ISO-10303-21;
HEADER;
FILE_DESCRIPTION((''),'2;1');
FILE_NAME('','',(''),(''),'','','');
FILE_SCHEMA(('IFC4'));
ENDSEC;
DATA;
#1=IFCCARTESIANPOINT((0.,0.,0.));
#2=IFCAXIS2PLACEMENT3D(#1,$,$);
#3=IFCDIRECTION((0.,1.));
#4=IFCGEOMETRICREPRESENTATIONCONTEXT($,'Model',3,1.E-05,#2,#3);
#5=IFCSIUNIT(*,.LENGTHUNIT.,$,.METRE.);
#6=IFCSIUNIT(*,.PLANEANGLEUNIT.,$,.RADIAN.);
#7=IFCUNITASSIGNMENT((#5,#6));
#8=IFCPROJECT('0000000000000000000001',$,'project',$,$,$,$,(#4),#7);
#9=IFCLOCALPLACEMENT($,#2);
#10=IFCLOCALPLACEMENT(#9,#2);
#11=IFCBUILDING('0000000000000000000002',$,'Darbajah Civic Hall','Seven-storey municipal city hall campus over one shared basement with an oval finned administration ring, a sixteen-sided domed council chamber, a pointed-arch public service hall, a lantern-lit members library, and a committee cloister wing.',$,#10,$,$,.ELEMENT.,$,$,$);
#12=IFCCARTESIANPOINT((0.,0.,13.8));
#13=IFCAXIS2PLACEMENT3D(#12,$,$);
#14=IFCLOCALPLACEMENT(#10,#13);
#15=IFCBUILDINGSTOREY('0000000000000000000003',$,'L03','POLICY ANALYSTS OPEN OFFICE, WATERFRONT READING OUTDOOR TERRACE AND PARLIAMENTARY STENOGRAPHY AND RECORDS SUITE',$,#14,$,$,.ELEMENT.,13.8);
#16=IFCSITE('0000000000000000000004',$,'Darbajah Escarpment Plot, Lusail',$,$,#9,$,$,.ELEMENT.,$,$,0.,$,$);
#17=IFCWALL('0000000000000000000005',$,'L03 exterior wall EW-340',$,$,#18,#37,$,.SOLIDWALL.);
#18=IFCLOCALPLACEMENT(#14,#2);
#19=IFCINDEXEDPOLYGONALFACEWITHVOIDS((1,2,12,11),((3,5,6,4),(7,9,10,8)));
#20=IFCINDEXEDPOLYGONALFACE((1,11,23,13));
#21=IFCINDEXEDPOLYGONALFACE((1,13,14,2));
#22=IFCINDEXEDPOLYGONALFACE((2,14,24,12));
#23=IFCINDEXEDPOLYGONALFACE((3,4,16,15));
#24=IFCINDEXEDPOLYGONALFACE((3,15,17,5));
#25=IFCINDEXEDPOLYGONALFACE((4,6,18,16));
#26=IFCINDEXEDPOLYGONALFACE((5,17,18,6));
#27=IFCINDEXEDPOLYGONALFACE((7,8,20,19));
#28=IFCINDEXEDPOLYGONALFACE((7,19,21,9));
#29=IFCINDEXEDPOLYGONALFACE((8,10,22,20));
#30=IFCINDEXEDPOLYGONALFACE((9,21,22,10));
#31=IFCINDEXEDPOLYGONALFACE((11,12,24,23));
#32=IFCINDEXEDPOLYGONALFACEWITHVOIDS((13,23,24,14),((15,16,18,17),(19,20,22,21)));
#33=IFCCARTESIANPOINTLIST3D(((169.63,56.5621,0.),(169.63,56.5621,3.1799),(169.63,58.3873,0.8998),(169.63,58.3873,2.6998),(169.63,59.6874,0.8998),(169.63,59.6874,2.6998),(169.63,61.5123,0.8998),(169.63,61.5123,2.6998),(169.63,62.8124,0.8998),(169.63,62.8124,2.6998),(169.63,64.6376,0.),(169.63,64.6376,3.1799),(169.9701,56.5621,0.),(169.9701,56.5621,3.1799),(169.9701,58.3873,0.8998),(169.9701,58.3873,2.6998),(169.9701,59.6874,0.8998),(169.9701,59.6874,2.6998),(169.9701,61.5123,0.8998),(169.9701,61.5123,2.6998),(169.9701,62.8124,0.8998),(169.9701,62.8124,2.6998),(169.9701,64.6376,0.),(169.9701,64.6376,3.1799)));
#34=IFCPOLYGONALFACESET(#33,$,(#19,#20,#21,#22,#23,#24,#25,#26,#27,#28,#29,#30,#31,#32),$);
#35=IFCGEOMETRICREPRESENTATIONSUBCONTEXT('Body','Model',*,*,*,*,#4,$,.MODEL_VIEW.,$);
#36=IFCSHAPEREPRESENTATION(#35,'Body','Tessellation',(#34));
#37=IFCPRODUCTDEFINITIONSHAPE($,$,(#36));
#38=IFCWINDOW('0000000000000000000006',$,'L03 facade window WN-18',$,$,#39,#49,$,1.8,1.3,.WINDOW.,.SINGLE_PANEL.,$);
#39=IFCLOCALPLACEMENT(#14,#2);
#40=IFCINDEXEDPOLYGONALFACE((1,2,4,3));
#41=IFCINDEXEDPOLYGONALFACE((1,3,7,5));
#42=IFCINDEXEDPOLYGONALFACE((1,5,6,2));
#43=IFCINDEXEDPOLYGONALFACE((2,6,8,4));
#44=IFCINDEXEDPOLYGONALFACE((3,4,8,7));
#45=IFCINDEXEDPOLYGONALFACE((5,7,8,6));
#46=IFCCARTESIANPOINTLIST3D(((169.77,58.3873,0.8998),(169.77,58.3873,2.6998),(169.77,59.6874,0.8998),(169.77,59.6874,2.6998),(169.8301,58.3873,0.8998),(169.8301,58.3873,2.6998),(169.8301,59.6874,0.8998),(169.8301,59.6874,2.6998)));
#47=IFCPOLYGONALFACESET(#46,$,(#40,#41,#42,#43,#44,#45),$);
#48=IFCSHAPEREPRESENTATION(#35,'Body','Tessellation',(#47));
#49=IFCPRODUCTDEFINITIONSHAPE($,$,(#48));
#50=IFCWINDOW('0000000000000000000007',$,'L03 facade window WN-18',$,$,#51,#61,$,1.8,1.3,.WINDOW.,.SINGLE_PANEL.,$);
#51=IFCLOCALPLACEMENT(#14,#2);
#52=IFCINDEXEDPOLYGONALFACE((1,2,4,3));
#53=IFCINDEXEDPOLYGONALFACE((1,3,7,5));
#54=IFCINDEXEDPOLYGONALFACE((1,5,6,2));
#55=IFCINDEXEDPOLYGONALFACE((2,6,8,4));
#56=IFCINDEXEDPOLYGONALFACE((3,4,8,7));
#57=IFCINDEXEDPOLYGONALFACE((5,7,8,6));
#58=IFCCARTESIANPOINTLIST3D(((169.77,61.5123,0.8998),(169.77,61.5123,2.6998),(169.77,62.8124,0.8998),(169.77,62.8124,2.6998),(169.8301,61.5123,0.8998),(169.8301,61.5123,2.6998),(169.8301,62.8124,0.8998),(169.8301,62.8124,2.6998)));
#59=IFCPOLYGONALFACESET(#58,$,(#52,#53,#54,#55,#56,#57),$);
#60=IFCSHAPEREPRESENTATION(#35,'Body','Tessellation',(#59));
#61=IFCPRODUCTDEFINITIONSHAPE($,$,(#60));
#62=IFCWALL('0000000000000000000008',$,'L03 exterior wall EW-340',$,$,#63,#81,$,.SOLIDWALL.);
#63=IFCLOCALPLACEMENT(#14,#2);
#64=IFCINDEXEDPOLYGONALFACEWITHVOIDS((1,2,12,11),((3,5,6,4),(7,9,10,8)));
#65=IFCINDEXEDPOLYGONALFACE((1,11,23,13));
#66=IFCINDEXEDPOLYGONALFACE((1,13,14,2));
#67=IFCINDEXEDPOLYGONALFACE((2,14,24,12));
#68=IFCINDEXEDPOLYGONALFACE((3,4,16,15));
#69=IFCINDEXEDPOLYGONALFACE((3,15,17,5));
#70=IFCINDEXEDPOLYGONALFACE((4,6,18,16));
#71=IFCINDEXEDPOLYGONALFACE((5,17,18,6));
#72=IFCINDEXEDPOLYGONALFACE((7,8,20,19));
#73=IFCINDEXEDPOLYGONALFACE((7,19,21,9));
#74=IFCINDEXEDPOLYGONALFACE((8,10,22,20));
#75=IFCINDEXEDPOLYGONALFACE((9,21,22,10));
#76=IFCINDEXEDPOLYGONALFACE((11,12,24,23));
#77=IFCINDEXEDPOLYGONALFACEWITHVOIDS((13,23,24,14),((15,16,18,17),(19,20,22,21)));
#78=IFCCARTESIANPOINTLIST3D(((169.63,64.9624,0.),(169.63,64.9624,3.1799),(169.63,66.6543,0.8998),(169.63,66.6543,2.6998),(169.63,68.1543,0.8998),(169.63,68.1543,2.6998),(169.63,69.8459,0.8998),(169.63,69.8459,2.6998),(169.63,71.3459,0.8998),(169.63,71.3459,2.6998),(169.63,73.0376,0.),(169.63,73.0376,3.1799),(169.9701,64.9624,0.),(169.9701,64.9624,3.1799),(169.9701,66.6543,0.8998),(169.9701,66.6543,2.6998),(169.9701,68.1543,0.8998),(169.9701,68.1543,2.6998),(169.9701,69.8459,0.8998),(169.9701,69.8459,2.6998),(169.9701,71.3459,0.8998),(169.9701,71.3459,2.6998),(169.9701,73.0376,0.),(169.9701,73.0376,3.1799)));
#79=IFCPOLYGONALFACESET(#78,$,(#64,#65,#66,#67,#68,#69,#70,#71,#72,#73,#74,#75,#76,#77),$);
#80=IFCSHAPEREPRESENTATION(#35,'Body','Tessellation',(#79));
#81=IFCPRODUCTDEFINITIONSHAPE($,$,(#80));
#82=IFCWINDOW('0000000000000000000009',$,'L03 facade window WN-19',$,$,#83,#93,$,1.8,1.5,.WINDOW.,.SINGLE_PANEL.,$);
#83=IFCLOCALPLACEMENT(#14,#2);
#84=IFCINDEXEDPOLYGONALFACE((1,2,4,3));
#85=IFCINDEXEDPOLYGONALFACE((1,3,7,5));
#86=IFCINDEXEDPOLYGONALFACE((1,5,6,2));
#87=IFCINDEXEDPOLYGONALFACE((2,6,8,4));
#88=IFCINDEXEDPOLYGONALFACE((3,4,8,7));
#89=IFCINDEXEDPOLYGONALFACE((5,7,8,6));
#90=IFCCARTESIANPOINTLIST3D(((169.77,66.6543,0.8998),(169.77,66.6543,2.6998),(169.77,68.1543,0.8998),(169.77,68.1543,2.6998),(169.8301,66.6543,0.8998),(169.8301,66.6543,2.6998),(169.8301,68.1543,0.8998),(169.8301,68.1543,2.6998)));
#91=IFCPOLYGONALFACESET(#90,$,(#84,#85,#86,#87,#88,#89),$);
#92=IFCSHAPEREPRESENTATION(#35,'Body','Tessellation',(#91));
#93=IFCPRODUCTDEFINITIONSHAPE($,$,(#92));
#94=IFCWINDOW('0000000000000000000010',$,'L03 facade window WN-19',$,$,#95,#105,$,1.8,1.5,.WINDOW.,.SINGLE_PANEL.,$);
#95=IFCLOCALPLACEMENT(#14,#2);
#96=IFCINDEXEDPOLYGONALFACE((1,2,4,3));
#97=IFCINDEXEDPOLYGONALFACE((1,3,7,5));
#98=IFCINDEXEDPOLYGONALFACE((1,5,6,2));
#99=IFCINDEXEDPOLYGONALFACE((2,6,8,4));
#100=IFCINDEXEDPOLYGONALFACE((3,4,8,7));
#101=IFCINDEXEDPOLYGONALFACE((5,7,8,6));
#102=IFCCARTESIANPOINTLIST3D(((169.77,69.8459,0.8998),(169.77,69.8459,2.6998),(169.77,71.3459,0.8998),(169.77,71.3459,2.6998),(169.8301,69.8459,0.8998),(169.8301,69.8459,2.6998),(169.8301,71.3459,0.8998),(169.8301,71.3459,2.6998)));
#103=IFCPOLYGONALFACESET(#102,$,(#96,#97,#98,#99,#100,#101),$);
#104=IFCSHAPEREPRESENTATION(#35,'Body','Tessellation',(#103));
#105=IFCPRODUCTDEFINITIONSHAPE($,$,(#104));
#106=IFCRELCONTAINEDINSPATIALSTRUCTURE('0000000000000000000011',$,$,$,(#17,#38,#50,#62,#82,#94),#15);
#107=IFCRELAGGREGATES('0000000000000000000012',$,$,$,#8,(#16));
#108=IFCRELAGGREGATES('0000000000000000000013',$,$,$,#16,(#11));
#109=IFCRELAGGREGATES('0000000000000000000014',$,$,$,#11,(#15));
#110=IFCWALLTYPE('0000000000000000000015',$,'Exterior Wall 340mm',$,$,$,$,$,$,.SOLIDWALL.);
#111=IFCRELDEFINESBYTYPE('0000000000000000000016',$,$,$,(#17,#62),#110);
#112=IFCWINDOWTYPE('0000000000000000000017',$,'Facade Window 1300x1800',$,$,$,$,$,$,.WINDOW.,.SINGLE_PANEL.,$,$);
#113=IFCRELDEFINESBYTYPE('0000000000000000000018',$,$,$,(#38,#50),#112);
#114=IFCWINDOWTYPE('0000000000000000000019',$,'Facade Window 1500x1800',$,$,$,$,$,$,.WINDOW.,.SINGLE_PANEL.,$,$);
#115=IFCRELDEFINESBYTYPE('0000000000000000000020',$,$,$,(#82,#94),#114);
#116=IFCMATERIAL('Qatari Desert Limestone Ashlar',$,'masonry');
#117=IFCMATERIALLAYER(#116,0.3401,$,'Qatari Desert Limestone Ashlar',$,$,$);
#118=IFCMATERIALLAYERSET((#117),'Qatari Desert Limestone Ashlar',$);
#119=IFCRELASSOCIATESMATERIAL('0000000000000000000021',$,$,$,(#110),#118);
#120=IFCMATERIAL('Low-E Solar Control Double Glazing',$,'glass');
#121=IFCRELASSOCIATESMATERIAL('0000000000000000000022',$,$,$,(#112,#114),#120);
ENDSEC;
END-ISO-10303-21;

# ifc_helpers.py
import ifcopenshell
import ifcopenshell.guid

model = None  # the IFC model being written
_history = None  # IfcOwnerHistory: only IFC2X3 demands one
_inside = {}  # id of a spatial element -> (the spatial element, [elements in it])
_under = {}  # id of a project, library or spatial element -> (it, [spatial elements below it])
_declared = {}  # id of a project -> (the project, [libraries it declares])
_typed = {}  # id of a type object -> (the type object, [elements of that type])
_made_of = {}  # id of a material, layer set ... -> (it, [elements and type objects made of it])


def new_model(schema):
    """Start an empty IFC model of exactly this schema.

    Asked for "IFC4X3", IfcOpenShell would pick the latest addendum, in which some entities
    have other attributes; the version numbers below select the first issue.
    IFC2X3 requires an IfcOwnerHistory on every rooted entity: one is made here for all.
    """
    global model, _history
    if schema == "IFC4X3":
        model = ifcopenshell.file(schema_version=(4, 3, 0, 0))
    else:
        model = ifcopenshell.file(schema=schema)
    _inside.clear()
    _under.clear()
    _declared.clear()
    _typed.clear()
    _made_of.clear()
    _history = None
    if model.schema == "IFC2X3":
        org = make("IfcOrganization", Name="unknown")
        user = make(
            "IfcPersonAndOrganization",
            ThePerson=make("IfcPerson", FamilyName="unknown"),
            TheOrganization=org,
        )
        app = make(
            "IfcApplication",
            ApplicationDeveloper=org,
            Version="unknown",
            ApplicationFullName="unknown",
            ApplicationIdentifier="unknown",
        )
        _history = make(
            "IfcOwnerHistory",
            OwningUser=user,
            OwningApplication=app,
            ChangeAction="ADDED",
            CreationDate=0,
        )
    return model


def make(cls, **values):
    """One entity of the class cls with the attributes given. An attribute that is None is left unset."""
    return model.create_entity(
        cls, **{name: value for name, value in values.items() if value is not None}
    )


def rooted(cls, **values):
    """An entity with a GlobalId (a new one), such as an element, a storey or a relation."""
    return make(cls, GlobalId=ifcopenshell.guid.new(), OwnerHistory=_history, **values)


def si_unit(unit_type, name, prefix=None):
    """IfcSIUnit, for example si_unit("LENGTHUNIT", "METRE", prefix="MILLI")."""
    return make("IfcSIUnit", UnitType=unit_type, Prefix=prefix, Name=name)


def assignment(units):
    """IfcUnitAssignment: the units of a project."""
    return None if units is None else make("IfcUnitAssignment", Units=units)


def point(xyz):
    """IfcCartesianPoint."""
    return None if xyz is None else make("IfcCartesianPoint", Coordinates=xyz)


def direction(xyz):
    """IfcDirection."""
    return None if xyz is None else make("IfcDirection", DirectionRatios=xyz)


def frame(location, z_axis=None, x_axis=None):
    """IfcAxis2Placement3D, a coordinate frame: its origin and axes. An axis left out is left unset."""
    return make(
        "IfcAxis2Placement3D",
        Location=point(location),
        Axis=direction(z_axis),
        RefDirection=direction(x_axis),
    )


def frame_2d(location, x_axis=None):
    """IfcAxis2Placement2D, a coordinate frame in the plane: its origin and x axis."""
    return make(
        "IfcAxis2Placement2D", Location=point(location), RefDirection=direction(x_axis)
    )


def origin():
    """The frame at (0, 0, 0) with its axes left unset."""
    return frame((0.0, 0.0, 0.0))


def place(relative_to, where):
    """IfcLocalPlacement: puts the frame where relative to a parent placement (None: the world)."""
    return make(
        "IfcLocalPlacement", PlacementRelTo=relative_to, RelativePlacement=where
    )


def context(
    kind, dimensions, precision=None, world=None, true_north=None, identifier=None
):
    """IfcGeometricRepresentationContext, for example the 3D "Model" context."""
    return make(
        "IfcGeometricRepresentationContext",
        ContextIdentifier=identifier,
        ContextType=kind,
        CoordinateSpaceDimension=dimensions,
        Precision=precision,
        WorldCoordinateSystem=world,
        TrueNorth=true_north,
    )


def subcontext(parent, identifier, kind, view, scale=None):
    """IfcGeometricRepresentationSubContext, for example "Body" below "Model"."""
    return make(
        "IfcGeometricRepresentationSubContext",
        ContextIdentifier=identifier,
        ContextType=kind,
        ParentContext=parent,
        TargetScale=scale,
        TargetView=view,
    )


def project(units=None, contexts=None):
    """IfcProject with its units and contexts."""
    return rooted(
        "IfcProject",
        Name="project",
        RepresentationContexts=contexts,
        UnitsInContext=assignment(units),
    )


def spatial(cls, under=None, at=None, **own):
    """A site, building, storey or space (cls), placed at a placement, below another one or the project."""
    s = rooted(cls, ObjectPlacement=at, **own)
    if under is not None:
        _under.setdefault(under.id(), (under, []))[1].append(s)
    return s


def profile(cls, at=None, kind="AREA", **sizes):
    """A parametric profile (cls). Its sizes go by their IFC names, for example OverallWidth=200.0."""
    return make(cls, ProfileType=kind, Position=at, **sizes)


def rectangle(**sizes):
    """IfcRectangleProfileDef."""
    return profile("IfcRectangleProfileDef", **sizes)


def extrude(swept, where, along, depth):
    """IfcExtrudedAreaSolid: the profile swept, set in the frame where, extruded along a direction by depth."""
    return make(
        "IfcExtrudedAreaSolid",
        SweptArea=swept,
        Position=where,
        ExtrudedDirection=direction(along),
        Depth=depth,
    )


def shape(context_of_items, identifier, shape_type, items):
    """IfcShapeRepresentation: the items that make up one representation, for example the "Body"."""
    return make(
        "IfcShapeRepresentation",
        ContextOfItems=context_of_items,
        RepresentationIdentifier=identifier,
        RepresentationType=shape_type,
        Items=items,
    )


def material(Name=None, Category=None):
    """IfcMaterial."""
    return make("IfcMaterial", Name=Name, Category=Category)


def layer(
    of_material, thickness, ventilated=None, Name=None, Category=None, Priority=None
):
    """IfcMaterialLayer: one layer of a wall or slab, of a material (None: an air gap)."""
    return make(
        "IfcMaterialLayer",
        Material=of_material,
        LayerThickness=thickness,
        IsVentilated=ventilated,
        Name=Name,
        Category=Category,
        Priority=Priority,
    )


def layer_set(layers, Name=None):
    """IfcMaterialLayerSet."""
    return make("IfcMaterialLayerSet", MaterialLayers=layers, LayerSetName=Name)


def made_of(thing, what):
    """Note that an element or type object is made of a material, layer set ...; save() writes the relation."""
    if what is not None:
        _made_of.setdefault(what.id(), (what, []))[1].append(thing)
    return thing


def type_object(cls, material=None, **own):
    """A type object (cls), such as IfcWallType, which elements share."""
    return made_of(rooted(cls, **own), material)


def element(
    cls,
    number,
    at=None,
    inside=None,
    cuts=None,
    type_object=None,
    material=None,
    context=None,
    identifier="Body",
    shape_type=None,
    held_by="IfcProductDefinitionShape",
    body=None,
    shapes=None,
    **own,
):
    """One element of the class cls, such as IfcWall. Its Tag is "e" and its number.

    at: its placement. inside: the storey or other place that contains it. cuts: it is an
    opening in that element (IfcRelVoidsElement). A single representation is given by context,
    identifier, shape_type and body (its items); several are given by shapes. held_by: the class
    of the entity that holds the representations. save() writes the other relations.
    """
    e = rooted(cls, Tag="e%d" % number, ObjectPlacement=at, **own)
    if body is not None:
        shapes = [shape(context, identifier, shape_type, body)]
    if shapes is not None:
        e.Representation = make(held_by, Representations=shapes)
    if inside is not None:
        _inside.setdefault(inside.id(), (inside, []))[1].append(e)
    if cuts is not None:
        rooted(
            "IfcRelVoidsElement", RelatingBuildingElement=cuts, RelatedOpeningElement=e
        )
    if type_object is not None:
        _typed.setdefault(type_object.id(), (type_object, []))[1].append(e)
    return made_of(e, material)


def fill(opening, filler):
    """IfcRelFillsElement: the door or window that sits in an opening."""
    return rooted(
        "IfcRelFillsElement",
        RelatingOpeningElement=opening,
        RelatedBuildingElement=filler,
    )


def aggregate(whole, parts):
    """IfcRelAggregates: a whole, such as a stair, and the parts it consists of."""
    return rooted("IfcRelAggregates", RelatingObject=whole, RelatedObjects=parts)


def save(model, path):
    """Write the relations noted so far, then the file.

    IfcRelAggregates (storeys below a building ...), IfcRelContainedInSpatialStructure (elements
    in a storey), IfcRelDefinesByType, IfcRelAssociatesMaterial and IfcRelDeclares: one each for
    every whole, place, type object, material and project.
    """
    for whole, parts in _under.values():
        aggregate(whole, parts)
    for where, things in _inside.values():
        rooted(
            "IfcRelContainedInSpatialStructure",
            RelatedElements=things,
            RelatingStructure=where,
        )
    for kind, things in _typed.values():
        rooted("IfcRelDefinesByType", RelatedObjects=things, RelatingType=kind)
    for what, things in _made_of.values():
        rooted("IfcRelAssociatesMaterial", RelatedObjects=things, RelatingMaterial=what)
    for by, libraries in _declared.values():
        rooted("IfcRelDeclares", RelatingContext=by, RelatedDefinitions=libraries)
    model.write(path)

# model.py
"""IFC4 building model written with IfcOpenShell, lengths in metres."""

from ifc_helpers import new_model, si_unit, direction, frame, frame_2d, origin, place, context, subcontext, project, spatial, rectangle, extrude, material, layer, layer_set, type_object, element, fill, save


model = new_model("IFC4")

# Units and contexts
model_context = context("Model", 3, precision=1e-05, world=origin(), true_north=direction((0.0, 1.0)))
body_context = subcontext(model_context, "Body", "Model", "MODEL_VIEW")
ifc_project = project(units=[si_unit("LENGTHUNIT", "METRE"), si_unit("PLANEANGLEUNIT", "RADIAN")], contexts=[model_context])

# Site, building, storey
site_placement = place(None, origin())
site = spatial("IfcSite", under=ifc_project, at=site_placement, Name="Darbajah Escarpment Plot, Lusail", CompositionType="ELEMENT", RefElevation=0.0)
building_placement = place(site_placement, origin())
building = spatial("IfcBuilding", under=site, at=building_placement, Name="Darbajah Civic Hall", Description="Seven-storey municipal city hall campus over one shared basement with an oval finned administration ring, a sixteen-sided domed council chamber, a pointed-arch public service hall, a lantern-lit members library, and a committee cloister wing.", CompositionType="ELEMENT")
storey_placement = place(building_placement, frame((0.0, 0.0, 13.8)))
storey = spatial("IfcBuildingStorey", under=building, at=storey_placement, Name="L03", Description="POLICY ANALYSTS OPEN OFFICE, WATERFRONT READING OUTDOOR TERRACE AND PARLIAMENTARY STENOGRAPHY AND RECORDS SUITE", CompositionType="ELEMENT", Elevation=13.8)

# Walls, openings, windows
ifc_material_1 = material(Name="Qatari Desert Limestone Ashlar", Category="masonry")
ifc_layer = layer(ifc_material_1, 0.3401, Name="Qatari Desert Limestone Ashlar")
ifc_layer_set = layer_set([ifc_layer], Name="Qatari Desert Limestone Ashlar")
wall_type = type_object("IfcWallType", Name="Exterior Wall 340mm", PredefinedType="SOLIDWALL", material=ifc_layer_set)
ifc_material_2 = material(Name="Low-E Solar Control Double Glazing", Category="glass")
wall_1_placement = place(storey_placement, frame((169.8, 56.5623, 0.0), z_axis=(0.0, 0.0, 1.0), x_axis=(0.0, 1.0, 0.0)))
wall_1 = element("IfcWall", 1, at=wall_1_placement, inside=storey, type_object=wall_type, Name="L03 exterior wall EW-340", PredefinedType="SOLIDWALL", context=body_context, shape_type="SweptSolid", body=[
    extrude(rectangle(XDim=8.0754, YDim=0.3401, at=frame_2d((4.0376, 0.0))), origin(), (0.0, 0.0, 1.0), 3.1799),
])
opening_1_placement = place(wall_1_placement, frame((1.8252, 0.0, 0.8999)))
opening_1 = element("IfcOpeningElement", 2, at=opening_1_placement, cuts=wall_1, PredefinedType="OPENING", context=body_context, shape_type="SweptSolid", body=[
    extrude(rectangle(XDim=1.3, YDim=1.8, at=frame_2d((0.6499, 0.8999))), frame((0.0, 0.1799, 0.0), z_axis=(0.0, -1.0, 0.0), x_axis=(1.0, 0.0, 0.0)), (0.0, 0.0, 1.0), 0.3601),
])
opening_2_placement = place(wall_1_placement, frame((4.9502, 0.0, 0.8999)))
opening_2 = element("IfcOpeningElement", 3, at=opening_2_placement, cuts=wall_1, PredefinedType="OPENING", context=body_context, shape_type="SweptSolid", body=[
    extrude(rectangle(XDim=1.3, YDim=1.8, at=frame_2d((0.6499, 0.8999))), frame((0.0, 0.1799, 0.0), z_axis=(0.0, -1.0, 0.0), x_axis=(1.0, 0.0, 0.0)), (0.0, 0.0, 1.0), 0.3601),
])
window_type_1 = type_object("IfcWindowType", Name="Facade Window 1300x1800", PartitioningType="SINGLE_PANEL", PredefinedType="WINDOW", material=ifc_material_2)
window_1_placement = place(opening_1_placement, origin())
window_1 = element("IfcWindow", 4, at=window_1_placement, inside=storey, type_object=window_type_1, Name="L03 facade window WN-18", OverallHeight=1.8, OverallWidth=1.3, PartitioningType="SINGLE_PANEL", PredefinedType="WINDOW", context=body_context, shape_type="SweptSolid", body=[
    extrude(rectangle(XDim=1.3, YDim=1.8, at=frame_2d((0.6499, 0.8999))), frame((0.0, 0.03, 0.0), z_axis=(0.0, -1.0, 0.0), x_axis=(1.0, 0.0, 0.0)), (0.0, 0.0, 1.0), 0.0601),
])
fill(opening_1, window_1)
window_2_placement = place(opening_2_placement, origin())
window_2 = element("IfcWindow", 5, at=window_2_placement, inside=storey, type_object=window_type_1, Name="L03 facade window WN-18", OverallHeight=1.8, OverallWidth=1.3, PartitioningType="SINGLE_PANEL", PredefinedType="WINDOW", context=body_context, shape_type="SweptSolid", body=[
    extrude(rectangle(XDim=1.3, YDim=1.8, at=frame_2d((0.6499, 0.8999))), frame((0.0, 0.03, 0.0), z_axis=(0.0, -1.0, 0.0), x_axis=(1.0, 0.0, 0.0)), (0.0, 0.0, 1.0), 0.0601),
])
fill(opening_2, window_2)
wall_2_placement = place(storey_placement, frame((169.8, 64.9624, 0.0), z_axis=(0.0, 0.0, 1.0), x_axis=(0.0, 1.0, 0.0)))
wall_2 = element("IfcWall", 6, at=wall_2_placement, inside=storey, type_object=wall_type, Name="L03 exterior wall EW-340", PredefinedType="SOLIDWALL", context=body_context, shape_type="SweptSolid", body=[
    extrude(rectangle(XDim=8.0752, YDim=0.3401, at=frame_2d((4.0376, 0.0))), origin(), (0.0, 0.0, 1.0), 3.1799),
])
opening_3_placement = place(wall_2_placement, frame((1.6919, 0.0, 0.8999)))
opening_3 = element("IfcOpeningElement", 7, at=opening_3_placement, cuts=wall_2, PredefinedType="OPENING", context=body_context, shape_type="SweptSolid", body=[
    extrude(rectangle(XDim=1.5, YDim=1.8, at=frame_2d((0.75, 0.8999))), frame((0.0, 0.1799, 0.0), z_axis=(0.0, -1.0, 0.0), x_axis=(1.0, 0.0, 0.0)), (0.0, 0.0, 1.0), 0.3601),
])
opening_4_placement = place(wall_2_placement, frame((4.8835, 0.0, 0.8999)))
opening_4 = element("IfcOpeningElement", 8, at=opening_4_placement, cuts=wall_2, PredefinedType="OPENING", context=body_context, shape_type="SweptSolid", body=[
    extrude(rectangle(XDim=1.5, YDim=1.8, at=frame_2d((0.75, 0.8999))), frame((0.0, 0.1799, 0.0), z_axis=(0.0, -1.0, 0.0), x_axis=(1.0, 0.0, 0.0)), (0.0, 0.0, 1.0), 0.3601),
])
window_type_2 = type_object("IfcWindowType", Name="Facade Window 1500x1800", PartitioningType="SINGLE_PANEL", PredefinedType="WINDOW", material=ifc_material_2)
window_3_placement = place(opening_3_placement, origin())
window_3 = element("IfcWindow", 9, at=window_3_placement, inside=storey, type_object=window_type_2, Name="L03 facade window WN-19", OverallHeight=1.8, OverallWidth=1.5, PartitioningType="SINGLE_PANEL", PredefinedType="WINDOW", context=body_context, shape_type="SweptSolid", body=[
    extrude(rectangle(XDim=1.5, YDim=1.8, at=frame_2d((0.75, 0.8999))), frame((0.0, 0.03, 0.0), z_axis=(0.0, -1.0, 0.0), x_axis=(1.0, 0.0, 0.0)), (0.0, 0.0, 1.0), 0.0601),
])
fill(opening_3, window_3)
window_4_placement = place(opening_4_placement, origin())
window_4 = element("IfcWindow", 10, at=window_4_placement, inside=storey, type_object=window_type_2, Name="L03 facade window WN-19", OverallHeight=1.8, OverallWidth=1.5, PartitioningType="SINGLE_PANEL", PredefinedType="WINDOW", context=body_context, shape_type="SweptSolid", body=[
    extrude(rectangle(XDim=1.5, YDim=1.8, at=frame_2d((0.75, 0.8999))), frame((0.0, 0.03, 0.0), z_axis=(0.0, -1.0, 0.0), x_axis=(1.0, 0.0, 0.0)), (0.0, 0.0, 1.0), 0.0601),
])
fill(opening_4, window_4)

save(model, "model.ifc")
